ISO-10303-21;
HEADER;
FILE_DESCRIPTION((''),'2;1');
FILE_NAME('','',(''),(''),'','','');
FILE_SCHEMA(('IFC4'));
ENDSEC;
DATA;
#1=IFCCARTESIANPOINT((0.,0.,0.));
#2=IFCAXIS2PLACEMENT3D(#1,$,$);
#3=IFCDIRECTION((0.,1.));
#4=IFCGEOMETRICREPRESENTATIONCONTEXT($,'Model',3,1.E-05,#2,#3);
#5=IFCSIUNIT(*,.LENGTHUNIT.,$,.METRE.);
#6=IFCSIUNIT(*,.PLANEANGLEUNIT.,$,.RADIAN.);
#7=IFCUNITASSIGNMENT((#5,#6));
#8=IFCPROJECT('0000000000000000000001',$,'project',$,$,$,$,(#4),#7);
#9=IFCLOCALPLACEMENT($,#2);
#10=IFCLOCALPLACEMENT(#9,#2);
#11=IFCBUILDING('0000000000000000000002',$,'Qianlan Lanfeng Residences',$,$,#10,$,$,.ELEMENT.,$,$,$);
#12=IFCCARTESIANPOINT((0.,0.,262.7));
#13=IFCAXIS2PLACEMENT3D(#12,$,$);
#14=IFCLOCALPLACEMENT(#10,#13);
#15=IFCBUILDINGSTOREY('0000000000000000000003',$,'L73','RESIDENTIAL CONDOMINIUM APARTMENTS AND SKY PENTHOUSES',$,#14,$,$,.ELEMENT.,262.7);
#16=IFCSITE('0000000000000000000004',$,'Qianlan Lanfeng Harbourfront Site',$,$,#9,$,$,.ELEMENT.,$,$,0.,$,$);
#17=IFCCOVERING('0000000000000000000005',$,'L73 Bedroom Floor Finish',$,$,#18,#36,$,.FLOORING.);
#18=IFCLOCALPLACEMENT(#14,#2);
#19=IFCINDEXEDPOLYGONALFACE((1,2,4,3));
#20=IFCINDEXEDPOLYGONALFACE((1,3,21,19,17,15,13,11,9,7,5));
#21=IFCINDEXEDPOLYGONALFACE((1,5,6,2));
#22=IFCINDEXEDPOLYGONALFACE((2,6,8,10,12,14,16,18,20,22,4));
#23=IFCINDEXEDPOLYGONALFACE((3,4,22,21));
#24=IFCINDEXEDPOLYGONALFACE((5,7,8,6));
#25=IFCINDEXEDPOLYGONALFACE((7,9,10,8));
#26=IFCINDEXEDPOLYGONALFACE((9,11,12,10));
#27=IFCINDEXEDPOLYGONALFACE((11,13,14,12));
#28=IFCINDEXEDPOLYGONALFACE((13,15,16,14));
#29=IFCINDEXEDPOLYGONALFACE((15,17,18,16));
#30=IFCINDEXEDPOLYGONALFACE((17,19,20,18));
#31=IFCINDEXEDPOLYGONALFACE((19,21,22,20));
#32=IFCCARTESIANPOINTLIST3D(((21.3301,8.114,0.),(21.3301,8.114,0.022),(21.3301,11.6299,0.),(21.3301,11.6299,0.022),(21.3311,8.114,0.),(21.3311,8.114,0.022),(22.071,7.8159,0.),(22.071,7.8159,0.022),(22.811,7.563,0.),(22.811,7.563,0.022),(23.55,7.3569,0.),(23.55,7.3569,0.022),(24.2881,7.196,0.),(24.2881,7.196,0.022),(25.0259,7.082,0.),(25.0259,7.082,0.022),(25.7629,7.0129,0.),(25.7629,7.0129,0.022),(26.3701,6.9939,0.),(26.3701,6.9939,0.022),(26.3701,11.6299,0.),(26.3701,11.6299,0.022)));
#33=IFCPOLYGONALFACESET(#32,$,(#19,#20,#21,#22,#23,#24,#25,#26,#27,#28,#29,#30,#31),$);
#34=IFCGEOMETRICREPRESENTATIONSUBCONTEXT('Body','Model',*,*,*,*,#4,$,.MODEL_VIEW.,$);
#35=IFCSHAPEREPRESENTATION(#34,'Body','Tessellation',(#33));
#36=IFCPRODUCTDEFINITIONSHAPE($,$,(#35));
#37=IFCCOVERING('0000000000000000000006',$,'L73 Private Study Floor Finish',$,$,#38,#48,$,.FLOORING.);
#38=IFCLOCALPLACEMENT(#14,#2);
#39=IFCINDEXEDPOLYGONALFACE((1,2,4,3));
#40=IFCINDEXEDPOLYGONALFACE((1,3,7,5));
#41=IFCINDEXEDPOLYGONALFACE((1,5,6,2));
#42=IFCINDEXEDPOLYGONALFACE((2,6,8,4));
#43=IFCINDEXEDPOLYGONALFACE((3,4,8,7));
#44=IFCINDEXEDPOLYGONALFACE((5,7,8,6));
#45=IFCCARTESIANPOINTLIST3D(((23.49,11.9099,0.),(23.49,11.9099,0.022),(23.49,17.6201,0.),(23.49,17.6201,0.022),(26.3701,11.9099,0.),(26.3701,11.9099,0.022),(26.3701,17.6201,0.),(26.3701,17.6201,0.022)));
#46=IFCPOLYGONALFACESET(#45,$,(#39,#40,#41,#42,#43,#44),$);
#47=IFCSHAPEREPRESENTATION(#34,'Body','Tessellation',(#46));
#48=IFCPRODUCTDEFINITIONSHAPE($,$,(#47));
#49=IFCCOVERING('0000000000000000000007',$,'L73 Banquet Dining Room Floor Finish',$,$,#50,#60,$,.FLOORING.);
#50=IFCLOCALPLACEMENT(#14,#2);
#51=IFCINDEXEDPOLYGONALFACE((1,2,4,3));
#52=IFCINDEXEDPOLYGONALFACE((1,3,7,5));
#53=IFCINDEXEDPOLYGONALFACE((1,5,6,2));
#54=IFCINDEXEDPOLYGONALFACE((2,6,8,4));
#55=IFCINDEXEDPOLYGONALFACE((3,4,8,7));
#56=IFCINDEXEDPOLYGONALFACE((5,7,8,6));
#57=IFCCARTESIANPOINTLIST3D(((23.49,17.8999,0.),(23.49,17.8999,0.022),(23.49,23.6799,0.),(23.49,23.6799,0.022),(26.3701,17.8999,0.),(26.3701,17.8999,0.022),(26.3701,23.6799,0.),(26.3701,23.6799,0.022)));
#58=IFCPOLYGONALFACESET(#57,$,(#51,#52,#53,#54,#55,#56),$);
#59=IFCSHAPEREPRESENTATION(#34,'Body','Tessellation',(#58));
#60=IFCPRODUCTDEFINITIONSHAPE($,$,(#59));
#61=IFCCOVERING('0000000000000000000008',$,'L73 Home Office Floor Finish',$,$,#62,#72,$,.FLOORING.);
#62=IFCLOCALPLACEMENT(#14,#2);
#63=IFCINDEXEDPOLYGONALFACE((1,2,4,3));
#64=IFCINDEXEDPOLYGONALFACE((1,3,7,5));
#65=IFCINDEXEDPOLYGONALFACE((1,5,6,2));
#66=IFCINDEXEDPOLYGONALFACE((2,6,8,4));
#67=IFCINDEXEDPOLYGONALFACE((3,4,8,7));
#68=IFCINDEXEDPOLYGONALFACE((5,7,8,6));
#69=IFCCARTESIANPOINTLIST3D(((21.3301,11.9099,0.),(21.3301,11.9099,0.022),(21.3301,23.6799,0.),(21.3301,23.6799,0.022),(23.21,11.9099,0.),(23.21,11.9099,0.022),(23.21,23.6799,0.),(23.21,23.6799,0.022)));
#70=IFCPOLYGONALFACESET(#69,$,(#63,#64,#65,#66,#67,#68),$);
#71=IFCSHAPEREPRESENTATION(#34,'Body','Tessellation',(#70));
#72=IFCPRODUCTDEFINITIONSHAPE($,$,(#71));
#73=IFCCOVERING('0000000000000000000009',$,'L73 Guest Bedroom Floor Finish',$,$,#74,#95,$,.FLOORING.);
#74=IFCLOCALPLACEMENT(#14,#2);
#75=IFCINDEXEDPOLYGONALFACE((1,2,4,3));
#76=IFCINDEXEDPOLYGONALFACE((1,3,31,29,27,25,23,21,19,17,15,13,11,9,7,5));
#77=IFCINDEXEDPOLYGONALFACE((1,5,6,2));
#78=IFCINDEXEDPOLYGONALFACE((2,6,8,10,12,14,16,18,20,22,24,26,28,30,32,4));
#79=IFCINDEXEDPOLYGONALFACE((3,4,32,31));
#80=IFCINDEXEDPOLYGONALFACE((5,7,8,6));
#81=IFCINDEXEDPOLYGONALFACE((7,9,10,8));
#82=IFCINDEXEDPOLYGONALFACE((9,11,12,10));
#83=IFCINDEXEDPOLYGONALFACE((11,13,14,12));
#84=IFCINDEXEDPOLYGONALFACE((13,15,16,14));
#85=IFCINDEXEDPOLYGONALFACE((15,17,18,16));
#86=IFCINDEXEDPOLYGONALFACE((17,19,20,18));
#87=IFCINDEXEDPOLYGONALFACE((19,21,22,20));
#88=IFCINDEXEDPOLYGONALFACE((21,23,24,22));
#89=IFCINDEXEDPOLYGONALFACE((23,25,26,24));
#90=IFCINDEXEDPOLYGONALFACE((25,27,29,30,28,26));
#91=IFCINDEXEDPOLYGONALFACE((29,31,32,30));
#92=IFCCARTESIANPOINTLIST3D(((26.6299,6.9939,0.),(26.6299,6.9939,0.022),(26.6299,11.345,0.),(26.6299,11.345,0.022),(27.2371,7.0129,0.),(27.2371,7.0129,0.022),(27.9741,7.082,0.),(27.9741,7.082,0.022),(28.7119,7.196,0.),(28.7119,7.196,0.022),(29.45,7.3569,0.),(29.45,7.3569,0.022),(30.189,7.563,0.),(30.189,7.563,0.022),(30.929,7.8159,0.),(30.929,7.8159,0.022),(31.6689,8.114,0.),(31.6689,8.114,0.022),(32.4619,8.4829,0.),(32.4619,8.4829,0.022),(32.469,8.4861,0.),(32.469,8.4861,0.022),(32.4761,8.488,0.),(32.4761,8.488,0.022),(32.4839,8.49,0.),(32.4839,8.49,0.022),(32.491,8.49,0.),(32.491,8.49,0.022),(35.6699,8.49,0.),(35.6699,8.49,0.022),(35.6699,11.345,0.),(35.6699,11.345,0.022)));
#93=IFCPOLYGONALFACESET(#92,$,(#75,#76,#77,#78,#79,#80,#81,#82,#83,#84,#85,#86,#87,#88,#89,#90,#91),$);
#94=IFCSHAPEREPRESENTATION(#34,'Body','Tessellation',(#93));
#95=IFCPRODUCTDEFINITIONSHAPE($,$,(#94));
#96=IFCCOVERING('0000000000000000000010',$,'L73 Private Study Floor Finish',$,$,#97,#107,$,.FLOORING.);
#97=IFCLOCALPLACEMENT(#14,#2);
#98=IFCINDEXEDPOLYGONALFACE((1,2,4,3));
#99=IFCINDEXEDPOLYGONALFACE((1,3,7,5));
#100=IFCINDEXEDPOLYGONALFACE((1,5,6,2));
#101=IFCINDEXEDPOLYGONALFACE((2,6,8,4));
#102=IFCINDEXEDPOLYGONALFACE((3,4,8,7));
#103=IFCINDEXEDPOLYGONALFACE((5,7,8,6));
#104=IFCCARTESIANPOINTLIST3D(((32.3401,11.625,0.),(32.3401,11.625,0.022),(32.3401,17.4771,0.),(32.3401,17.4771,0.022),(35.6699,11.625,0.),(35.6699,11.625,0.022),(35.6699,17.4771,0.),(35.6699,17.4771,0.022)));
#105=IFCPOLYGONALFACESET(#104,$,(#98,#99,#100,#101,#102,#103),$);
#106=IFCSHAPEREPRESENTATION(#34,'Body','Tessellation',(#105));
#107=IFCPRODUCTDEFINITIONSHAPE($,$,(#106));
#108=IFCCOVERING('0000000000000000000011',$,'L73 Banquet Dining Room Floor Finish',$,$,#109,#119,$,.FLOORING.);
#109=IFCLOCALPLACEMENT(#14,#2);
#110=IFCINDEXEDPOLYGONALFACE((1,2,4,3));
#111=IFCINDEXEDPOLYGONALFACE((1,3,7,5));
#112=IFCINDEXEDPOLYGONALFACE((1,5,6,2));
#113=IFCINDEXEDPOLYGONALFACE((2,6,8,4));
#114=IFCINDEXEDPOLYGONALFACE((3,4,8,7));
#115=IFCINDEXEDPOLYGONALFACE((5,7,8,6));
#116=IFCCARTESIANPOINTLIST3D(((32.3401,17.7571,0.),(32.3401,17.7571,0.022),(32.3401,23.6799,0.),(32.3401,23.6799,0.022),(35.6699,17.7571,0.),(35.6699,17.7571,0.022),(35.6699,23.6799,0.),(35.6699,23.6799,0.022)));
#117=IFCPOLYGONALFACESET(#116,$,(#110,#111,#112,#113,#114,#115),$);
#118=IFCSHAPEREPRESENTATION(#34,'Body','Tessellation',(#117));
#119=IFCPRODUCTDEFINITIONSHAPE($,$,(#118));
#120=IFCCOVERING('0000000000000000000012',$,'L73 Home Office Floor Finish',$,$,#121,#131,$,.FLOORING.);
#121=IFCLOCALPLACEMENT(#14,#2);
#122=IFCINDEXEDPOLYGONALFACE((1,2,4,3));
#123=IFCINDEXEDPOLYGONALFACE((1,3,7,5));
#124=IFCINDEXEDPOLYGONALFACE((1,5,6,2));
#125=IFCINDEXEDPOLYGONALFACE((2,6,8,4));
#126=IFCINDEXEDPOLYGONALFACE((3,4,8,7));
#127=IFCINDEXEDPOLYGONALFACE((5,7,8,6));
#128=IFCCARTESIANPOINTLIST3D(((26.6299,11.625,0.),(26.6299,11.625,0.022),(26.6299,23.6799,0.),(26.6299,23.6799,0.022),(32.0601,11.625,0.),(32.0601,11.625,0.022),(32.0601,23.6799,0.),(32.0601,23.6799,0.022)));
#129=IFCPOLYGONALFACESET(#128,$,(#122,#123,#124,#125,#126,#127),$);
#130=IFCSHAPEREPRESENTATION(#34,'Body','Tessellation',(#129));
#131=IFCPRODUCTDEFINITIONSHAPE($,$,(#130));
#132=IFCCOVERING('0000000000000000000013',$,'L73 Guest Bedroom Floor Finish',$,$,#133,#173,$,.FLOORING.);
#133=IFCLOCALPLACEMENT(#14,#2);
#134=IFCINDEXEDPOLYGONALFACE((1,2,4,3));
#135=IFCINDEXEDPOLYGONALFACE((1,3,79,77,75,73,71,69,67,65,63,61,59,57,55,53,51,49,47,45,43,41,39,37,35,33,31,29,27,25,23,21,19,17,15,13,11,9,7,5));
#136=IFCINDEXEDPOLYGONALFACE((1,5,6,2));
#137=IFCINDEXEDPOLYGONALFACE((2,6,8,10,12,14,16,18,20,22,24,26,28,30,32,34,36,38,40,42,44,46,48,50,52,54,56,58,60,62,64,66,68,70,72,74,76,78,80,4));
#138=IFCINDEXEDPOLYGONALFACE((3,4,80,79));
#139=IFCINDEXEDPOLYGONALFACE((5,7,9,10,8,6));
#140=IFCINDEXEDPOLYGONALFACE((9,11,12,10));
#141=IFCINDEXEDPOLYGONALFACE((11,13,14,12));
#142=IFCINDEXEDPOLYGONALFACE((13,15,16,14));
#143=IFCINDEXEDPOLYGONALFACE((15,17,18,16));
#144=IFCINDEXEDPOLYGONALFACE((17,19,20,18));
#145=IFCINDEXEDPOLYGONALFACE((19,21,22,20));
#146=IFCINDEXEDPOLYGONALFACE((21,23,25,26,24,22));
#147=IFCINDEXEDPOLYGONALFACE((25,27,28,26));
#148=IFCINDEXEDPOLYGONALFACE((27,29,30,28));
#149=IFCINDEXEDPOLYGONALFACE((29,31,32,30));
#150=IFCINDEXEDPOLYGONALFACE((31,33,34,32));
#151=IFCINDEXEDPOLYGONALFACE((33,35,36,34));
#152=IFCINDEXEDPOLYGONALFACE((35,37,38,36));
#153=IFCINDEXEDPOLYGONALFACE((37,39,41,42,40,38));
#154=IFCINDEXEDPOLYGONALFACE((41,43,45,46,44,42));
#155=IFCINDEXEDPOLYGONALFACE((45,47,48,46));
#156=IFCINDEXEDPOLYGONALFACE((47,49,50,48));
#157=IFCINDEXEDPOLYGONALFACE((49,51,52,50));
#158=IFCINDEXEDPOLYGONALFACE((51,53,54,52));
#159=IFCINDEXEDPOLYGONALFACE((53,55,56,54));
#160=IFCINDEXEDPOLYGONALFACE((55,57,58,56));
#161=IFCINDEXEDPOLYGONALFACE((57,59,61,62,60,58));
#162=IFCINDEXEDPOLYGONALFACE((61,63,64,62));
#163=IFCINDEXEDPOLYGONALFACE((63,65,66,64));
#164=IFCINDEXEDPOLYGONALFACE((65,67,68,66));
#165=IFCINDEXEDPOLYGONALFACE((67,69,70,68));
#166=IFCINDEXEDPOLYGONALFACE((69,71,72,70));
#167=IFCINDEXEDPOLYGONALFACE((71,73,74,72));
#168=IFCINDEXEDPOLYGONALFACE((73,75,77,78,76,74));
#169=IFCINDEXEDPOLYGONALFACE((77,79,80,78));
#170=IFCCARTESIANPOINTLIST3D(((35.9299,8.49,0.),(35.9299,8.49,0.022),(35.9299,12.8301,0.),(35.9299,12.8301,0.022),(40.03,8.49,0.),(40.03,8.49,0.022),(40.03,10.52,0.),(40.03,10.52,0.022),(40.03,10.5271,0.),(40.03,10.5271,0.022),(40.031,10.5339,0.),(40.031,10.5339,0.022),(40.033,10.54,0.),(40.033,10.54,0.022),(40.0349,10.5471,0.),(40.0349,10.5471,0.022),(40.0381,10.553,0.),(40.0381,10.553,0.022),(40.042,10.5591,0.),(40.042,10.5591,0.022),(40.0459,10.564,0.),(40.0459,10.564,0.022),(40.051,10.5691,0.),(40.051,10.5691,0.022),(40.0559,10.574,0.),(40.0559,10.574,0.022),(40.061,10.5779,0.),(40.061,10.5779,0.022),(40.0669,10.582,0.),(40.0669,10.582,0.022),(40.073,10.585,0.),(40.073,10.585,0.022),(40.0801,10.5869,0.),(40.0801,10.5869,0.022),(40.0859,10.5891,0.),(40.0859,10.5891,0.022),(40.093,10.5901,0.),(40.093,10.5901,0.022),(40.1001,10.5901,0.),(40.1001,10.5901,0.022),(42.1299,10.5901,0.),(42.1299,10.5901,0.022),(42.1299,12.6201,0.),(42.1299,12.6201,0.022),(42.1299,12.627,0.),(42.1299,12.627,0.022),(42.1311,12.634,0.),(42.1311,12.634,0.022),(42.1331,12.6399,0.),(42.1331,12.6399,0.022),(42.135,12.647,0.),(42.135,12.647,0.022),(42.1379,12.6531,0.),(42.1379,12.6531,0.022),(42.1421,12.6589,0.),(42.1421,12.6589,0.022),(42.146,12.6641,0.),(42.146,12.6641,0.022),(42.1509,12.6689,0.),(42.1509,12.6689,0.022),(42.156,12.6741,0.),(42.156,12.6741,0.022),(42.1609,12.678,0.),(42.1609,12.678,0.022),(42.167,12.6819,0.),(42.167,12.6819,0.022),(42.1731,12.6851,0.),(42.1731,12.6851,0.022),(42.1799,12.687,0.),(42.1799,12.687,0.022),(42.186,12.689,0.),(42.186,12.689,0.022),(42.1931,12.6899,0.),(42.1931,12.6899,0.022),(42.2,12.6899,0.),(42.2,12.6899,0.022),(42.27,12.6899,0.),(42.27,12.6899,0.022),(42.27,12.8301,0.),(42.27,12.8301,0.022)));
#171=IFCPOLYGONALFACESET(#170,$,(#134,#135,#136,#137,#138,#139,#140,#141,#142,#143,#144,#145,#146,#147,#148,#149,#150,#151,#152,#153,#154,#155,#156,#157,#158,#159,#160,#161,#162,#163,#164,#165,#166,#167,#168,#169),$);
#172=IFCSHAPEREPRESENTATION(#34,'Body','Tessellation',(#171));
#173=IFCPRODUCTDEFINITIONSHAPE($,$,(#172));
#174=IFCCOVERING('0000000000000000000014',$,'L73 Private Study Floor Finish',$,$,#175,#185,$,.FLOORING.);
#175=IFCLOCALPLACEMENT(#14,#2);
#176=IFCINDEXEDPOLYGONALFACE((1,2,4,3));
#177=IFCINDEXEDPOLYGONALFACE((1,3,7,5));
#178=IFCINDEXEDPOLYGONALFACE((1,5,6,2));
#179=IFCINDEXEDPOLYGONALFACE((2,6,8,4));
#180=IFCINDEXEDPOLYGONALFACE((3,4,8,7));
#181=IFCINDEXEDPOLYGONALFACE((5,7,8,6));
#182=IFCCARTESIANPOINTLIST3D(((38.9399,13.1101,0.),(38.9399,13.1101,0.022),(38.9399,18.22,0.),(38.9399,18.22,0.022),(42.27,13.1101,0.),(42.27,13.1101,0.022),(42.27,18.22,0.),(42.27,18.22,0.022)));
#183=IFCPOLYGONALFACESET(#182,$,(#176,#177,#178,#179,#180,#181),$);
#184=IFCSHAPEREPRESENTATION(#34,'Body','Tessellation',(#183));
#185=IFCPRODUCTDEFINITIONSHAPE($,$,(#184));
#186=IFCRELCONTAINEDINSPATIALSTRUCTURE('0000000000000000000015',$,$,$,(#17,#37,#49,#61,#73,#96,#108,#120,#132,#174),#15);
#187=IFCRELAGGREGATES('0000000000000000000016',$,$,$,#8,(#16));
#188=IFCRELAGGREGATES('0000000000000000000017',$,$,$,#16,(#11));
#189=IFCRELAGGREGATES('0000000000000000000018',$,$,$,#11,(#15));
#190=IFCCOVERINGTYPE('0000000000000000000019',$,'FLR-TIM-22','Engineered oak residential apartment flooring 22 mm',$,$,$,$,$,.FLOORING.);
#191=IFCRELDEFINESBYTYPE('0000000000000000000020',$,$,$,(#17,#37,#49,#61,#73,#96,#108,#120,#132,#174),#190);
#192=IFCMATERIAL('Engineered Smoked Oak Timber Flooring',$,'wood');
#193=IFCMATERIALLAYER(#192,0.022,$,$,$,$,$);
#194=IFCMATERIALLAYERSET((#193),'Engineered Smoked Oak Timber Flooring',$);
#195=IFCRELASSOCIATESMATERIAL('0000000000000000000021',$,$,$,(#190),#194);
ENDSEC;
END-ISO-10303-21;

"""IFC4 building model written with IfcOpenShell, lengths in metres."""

from ifc_helpers import new_model, si_unit, direction, frame, origin, place, context, subcontext, project, spatial, polyline, outline, extrude, material, layer, layer_set, type_object, element, save


model = new_model("IFC4")

# Units and contexts
model_context = context("Model", 3, precision=1e-05, world=origin(), true_north=direction((0.0, 1.0)))
body_context = subcontext(model_context, "Body", "Model", "MODEL_VIEW")
ifc_project = project(units=[si_unit("LENGTHUNIT", "METRE"), si_unit("PLANEANGLEUNIT", "RADIAN")], contexts=[model_context])

# Site, building, storey
site_placement = place(None, origin())
site = spatial("IfcSite", under=ifc_project, at=site_placement, Name="Qianlan Lanfeng Harbourfront Site", CompositionType="ELEMENT", RefElevation=0.0)
building_placement = place(site_placement, origin())
building = spatial("IfcBuilding", under=site, at=building_placement, Name="Qianlan Lanfeng Residences", CompositionType="ELEMENT")
storey_placement = place(building_placement, frame((0.0, 0.0, 262.7)))
storey = spatial("IfcBuildingStorey", under=building, at=storey_placement, Name="L73", Description="RESIDENTIAL CONDOMINIUM APARTMENTS AND SKY PENTHOUSES", CompositionType="ELEMENT", Elevation=262.7)

# Coverings
ifc_material_1 = material(Name="Engineered Smoked Oak Timber Flooring", Category="wood")
ifc_layer_1 = layer(ifc_material_1, 0.022)
ifc_layer_set_1 = layer_set([ifc_layer_1], Name="Engineered Smoked Oak Timber Flooring")
covering_type_1 = type_object("IfcCoveringType", Name="FLR-TIM-22", Description="Engineered oak residential apartment flooring 22 mm", PredefinedType="FLOORING", material=ifc_layer_set_1)
covering_1_placement = place(storey_placement, origin())
element("IfcCovering", 1, at=covering_1_placement, inside=storey, type_object=covering_type_1, Name="L73 Bedroom Floor Finish", PredefinedType="FLOORING", context=body_context, shape_type="SweptSolid", body=[
    extrude(outline(polyline([(21.3301, 11.6299), (21.3301, 8.114), (21.3311, 8.114), (22.071, 7.8159), (22.811, 7.563), (23.55, 7.3569), (24.2881, 7.196), (25.0259, 7.082), (25.7629, 7.0129), (26.3701, 6.9939), (26.3701, 11.6299), (21.3301, 11.6299)])), origin(), (0.0, 0.0, 1.0), 0.022),
])
covering_2_placement = place(storey_placement, origin())
element("IfcCovering", 2, at=covering_2_placement, inside=storey, type_object=covering_type_1, Name="L73 Private Study Floor Finish", PredefinedType="FLOORING", context=body_context, shape_type="SweptSolid", body=[
    extrude(outline(polyline([(23.49, 11.9099), (26.3701, 11.9099), (26.3701, 17.6201), (23.49, 17.6201), (23.49, 11.9099)])), origin(), (0.0, 0.0, 1.0), 0.022),
])
covering_3_placement = place(storey_placement, origin())
element("IfcCovering", 3, at=covering_3_placement, inside=storey, type_object=covering_type_1, Name="L73 Banquet Dining Room Floor Finish", PredefinedType="FLOORING", context=body_context, shape_type="SweptSolid", body=[
    extrude(outline(polyline([(23.49, 17.8999), (26.3701, 17.8999), (26.3701, 23.6799), (23.49, 23.6799), (23.49, 17.8999)])), origin(), (0.0, 0.0, 1.0), 0.022),
])
covering_4_placement = place(storey_placement, origin())
element("IfcCovering", 4, at=covering_4_placement, inside=storey, type_object=covering_type_1, Name="L73 Home Office Floor Finish", PredefinedType="FLOORING", context=body_context, shape_type="SweptSolid", body=[
    extrude(outline(polyline([(21.3301, 11.9099), (23.21, 11.9099), (23.21, 23.6799), (21.3301, 23.6799), (21.3301, 11.9099)])), origin(), (0.0, 0.0, 1.0), 0.022),
])
covering_5_placement = place(storey_placement, origin())
element("IfcCovering", 5, at=covering_5_placement, inside=storey, type_object=covering_type_1, Name="L73 Guest Bedroom Floor Finish", PredefinedType="FLOORING", context=body_context, shape_type="SweptSolid", body=[
    extrude(outline(polyline([(26.6299, 11.345), (26.6299, 6.9939), (27.2371, 7.0129), (27.9741, 7.082), (28.7119, 7.196), (29.45, 7.3569), (30.189, 7.563), (30.929, 7.8159), (31.6689, 8.114), (32.4619, 8.4829), (32.469, 8.4861), (32.4761, 8.488), (32.4839, 8.49), (32.491, 8.49), (35.6699, 8.49), (35.6699, 11.345), (26.6299, 11.345)])), origin(), (0.0, 0.0, 1.0), 0.022),
])
covering_6_placement = place(storey_placement, origin())
element("IfcCovering", 6, at=covering_6_placement, inside=storey, type_object=covering_type_1, Name="L73 Private Study Floor Finish", PredefinedType="FLOORING", context=body_context, shape_type="SweptSolid", body=[
    extrude(outline(polyline([(32.3401, 11.625), (35.6699, 11.625), (35.6699, 17.4771), (32.3401, 17.4771), (32.3401, 11.625)])), origin(), (0.0, 0.0, 1.0), 0.022),
])
covering_7_placement = place(storey_placement, origin())
element("IfcCovering", 7, at=covering_7_placement, inside=storey, type_object=covering_type_1, Name="L73 Banquet Dining Room Floor Finish", PredefinedType="FLOORING", context=body_context, shape_type="SweptSolid", body=[
    extrude(outline(polyline([(32.3401, 17.7571), (35.6699, 17.7571), (35.6699, 23.6799), (32.3401, 23.6799), (32.3401, 17.7571)])), origin(), (0.0, 0.0, 1.0), 0.022),
])
covering_8_placement = place(storey_placement, origin())
element("IfcCovering", 8, at=covering_8_placement, inside=storey, type_object=covering_type_1, Name="L73 Home Office Floor Finish", PredefinedType="FLOORING", context=body_context, shape_type="SweptSolid", body=[
    extrude(outline(polyline([(26.6299, 11.625), (32.0601, 11.625), (32.0601, 23.6799), (26.6299, 23.6799), (26.6299, 11.625)])), origin(), (0.0, 0.0, 1.0), 0.022),
])
covering_9_placement = place(storey_placement, origin())
element("IfcCovering", 9, at=covering_9_placement, inside=storey, type_object=covering_type_1, Name="L73 Guest Bedroom Floor Finish", PredefinedType="FLOORING", context=body_context, shape_type="SweptSolid", body=[
    extrude(outline(polyline([(35.9299, 12.8301), (35.9299, 8.49), (40.03, 8.49), (40.03, 10.52), (40.03, 10.5271), (40.031, 10.5339), (40.033, 10.54), (40.0349, 10.5471), (40.0381, 10.553), (40.042, 10.5591), (40.0459, 10.564), (40.051, 10.5691), (40.0559, 10.574), (40.061, 10.5779), (40.0669, 10.582), (40.073, 10.585), (40.0801, 10.5869), (40.0859, 10.5891), (40.093, 10.5901), (40.1001, 10.5901), (42.1299, 10.5901), (42.1299, 12.6201), (42.1299, 12.627), (42.1311, 12.634), (42.1331, 12.6399), (42.135, 12.647), (42.1379, 12.6531), (42.1421, 12.6589), (42.146, 12.6641), (42.1509, 12.6689), (42.156, 12.6741), (42.1609, 12.678), (42.167, 12.6819), (42.1731, 12.6851), (42.1799, 12.687), (42.186, 12.689), (42.1931, 12.6899), (42.2, 12.6899), (42.27, 12.6899), (42.27, 12.8301), (35.9299, 12.8301)])), origin(), (0.0, 0.0, 1.0), 0.022),
])
covering_10_placement = place(storey_placement, origin())
element("IfcCovering", 10, at=covering_10_placement, inside=storey, type_object=covering_type_1, Name="L73 Private Study Floor Finish", PredefinedType="FLOORING", context=body_context, shape_type="SweptSolid", body=[
    extrude(outline(polyline([(38.9399, 13.1101), (42.27, 13.1101), (42.27, 18.22), (38.9399, 18.22), (38.9399, 13.1101)])), origin(), (0.0, 0.0, 1.0), 0.022),
])

save(model, "model.ifc")
